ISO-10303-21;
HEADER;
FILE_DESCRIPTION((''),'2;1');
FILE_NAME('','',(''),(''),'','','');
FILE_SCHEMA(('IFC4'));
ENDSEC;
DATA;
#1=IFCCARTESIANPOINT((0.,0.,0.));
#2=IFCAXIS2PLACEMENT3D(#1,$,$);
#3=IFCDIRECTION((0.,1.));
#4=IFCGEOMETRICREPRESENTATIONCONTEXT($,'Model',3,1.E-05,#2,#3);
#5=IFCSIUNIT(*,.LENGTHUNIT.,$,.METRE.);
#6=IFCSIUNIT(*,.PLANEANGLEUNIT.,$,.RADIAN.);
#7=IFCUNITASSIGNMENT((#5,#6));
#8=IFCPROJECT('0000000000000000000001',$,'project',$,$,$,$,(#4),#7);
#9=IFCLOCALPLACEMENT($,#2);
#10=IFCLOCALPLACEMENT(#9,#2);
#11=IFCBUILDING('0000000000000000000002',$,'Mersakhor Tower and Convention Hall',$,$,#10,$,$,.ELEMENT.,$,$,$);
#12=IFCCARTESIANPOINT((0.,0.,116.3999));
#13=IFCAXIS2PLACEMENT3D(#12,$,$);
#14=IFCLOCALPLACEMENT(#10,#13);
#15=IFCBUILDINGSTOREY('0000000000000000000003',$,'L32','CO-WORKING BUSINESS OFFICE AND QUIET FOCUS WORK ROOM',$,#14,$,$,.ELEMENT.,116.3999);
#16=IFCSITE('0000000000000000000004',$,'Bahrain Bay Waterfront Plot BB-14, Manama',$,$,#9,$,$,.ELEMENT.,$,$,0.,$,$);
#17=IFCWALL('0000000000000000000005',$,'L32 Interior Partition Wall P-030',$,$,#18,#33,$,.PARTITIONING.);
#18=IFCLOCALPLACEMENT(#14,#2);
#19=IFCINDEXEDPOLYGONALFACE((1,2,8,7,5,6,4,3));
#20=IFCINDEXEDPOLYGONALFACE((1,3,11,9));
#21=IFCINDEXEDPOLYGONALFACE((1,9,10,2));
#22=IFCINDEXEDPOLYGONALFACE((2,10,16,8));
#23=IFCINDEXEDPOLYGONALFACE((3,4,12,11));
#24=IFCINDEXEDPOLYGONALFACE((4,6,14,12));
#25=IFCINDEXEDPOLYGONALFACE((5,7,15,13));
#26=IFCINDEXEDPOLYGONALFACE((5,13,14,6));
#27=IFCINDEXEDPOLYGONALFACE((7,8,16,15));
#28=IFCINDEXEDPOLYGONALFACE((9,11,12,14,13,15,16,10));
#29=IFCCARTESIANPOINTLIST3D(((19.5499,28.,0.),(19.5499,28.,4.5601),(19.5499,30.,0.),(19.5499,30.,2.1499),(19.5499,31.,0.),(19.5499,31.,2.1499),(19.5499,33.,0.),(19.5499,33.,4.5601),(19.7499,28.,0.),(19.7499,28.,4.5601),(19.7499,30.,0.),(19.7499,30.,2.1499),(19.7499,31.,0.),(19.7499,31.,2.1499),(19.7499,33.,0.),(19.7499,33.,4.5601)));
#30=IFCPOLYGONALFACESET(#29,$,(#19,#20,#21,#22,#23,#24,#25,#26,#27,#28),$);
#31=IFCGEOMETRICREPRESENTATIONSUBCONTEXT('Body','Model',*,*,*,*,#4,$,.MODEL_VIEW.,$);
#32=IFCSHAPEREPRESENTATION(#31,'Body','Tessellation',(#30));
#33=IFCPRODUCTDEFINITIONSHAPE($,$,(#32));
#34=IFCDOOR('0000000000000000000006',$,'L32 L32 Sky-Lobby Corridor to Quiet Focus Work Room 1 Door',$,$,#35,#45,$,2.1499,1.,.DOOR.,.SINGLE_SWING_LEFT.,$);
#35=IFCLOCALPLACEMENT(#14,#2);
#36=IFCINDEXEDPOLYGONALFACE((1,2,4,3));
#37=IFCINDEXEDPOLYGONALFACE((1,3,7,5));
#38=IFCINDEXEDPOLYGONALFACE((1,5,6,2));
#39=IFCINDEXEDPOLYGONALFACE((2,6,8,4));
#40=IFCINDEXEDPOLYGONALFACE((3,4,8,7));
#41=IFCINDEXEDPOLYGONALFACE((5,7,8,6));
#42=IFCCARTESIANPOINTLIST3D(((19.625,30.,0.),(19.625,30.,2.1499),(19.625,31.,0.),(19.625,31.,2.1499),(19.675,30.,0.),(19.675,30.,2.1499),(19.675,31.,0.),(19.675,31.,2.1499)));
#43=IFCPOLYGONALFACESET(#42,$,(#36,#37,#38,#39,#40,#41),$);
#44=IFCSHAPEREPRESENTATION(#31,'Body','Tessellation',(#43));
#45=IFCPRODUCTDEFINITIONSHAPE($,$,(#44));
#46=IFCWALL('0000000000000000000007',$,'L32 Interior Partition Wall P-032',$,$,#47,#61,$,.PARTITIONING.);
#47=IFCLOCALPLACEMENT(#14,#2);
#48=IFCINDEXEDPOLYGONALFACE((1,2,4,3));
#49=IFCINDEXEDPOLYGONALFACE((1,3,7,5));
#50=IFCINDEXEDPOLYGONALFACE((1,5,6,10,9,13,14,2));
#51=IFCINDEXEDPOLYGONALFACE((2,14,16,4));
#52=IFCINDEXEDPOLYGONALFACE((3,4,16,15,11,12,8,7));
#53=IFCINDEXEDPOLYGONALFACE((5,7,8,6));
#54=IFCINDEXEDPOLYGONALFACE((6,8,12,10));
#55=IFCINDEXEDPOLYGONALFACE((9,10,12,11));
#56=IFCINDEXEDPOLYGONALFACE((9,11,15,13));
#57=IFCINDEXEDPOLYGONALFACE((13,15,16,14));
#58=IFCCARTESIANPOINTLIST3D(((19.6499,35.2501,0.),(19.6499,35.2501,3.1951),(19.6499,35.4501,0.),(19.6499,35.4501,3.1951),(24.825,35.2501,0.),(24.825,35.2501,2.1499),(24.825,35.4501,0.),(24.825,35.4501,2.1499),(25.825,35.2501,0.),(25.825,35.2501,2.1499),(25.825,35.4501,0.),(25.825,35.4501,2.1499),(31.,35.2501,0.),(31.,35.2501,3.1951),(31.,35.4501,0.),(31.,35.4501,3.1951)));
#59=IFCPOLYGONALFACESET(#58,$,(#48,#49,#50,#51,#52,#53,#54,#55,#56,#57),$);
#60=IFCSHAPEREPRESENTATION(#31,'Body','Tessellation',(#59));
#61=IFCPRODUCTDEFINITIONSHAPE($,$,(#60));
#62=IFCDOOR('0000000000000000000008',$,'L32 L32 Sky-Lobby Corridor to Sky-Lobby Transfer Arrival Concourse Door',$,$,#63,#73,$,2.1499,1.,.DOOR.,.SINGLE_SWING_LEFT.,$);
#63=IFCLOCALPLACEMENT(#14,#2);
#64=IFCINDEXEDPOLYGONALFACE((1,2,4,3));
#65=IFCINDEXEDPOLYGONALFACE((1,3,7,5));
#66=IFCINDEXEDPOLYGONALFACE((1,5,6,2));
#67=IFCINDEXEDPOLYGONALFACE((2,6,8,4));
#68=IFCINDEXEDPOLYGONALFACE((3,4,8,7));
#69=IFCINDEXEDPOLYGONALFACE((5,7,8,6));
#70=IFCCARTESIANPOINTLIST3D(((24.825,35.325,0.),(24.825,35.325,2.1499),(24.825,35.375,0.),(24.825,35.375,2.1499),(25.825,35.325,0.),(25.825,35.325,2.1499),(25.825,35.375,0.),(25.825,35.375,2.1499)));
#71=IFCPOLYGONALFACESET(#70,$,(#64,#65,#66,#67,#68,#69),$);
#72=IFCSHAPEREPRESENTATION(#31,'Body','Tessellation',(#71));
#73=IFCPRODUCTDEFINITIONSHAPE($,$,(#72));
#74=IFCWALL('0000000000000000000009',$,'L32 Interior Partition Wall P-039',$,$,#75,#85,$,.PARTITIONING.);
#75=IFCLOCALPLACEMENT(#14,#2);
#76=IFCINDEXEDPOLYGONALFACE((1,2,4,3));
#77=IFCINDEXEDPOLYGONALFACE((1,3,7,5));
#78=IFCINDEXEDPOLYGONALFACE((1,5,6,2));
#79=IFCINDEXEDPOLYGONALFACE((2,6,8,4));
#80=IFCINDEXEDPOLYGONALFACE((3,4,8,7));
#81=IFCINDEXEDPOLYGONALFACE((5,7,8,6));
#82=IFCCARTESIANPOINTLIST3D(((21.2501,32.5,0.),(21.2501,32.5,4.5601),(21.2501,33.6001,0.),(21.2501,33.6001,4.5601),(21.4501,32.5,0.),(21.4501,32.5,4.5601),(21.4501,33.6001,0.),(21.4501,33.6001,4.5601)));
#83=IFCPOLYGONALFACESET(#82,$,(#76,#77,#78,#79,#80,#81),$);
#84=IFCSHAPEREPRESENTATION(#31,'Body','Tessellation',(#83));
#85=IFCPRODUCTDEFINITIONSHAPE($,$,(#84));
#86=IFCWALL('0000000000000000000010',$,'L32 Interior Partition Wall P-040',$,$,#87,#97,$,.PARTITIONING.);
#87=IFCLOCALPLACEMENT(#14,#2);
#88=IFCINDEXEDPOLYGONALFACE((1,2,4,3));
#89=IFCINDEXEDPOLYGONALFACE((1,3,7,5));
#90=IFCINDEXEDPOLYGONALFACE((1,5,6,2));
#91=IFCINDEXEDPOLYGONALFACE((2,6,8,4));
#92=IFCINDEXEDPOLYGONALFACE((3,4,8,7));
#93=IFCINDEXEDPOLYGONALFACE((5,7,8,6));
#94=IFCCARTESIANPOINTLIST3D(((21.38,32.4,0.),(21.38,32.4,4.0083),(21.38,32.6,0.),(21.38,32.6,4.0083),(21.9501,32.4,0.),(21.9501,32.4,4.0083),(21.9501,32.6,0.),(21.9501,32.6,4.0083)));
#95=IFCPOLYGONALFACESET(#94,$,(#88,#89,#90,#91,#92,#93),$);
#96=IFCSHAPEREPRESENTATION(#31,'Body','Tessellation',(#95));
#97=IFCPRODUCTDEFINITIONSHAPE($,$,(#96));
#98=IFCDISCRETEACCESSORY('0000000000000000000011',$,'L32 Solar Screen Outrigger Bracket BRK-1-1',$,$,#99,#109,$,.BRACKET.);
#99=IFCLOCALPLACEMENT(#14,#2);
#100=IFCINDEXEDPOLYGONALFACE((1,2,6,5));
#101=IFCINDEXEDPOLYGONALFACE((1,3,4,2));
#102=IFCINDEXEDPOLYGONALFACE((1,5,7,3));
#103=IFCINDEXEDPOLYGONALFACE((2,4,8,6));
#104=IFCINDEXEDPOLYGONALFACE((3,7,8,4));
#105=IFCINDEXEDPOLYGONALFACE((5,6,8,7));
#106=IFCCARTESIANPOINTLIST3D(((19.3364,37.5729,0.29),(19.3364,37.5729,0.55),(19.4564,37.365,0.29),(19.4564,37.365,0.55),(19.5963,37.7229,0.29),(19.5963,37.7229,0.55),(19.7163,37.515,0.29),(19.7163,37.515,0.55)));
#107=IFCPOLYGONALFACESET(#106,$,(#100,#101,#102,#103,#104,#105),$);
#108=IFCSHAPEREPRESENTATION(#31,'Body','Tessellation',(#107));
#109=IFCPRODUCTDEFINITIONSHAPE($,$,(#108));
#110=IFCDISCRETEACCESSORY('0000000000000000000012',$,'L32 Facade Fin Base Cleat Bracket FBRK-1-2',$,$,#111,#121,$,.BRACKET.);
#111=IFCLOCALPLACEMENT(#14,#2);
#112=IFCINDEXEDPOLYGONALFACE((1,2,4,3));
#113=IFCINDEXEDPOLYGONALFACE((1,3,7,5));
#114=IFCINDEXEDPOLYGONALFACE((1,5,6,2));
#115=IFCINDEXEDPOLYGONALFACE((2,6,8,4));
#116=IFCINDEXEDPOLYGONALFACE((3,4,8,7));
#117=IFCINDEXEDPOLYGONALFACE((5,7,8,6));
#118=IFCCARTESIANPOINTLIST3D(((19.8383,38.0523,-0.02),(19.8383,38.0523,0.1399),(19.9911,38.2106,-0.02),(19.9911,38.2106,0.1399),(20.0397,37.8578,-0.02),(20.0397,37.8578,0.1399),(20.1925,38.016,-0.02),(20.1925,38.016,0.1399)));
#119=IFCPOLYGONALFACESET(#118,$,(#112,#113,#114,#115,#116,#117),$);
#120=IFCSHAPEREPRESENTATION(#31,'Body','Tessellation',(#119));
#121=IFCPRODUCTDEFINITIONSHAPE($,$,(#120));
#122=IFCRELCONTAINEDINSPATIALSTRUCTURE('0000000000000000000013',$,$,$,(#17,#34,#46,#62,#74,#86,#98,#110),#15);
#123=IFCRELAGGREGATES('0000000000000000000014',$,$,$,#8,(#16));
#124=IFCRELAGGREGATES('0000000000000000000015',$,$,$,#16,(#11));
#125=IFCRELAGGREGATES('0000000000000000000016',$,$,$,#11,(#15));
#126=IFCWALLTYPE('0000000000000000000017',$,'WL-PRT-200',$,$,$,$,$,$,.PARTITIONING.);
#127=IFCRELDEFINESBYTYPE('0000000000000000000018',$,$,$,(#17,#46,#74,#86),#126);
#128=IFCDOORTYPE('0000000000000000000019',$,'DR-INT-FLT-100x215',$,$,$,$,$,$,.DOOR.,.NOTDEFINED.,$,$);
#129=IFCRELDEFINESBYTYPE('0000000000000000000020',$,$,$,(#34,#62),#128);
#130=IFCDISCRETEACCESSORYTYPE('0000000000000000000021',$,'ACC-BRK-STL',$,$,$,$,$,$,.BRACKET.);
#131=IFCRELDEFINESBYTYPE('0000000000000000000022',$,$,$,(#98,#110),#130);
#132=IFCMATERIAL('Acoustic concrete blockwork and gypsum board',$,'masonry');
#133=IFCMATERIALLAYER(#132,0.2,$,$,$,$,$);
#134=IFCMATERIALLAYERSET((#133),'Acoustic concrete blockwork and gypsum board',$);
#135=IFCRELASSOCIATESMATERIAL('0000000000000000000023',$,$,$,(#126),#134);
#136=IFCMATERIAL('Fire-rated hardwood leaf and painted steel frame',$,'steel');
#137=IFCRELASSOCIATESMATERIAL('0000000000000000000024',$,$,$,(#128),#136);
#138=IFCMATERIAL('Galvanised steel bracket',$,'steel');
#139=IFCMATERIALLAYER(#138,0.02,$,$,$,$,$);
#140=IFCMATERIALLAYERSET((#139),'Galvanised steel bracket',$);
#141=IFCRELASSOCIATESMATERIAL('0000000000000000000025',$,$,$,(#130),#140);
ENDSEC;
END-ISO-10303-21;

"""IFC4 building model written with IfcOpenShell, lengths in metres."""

from ifc_helpers import new_model, si_unit, direction, frame, frame_2d, origin, origin_2d, place, context, subcontext, project, spatial, rectangle, extrude, material, layer, layer_set, type_object, element, fill, save


model = new_model("IFC4")

# Units and contexts
model_context = context("Model", 3, precision=1e-05, world=origin(), true_north=direction((0.0, 1.0)))
body_context = subcontext(model_context, "Body", "Model", "MODEL_VIEW")
ifc_project = project(units=[si_unit("LENGTHUNIT", "METRE"), si_unit("PLANEANGLEUNIT", "RADIAN")], contexts=[model_context])

# Site, building, storey
site_placement = place(None, origin())
site = spatial("IfcSite", under=ifc_project, at=site_placement, Name="Bahrain Bay Waterfront Plot BB-14, Manama", CompositionType="ELEMENT", RefElevation=0.0)
building_placement = place(site_placement, origin())
building = spatial("IfcBuilding", under=site, at=building_placement, Name="Mersakhor Tower and Convention Hall", CompositionType="ELEMENT")
storey_placement = place(building_placement, frame((0.0, 0.0, 116.3999)))
storey = spatial("IfcBuildingStorey", under=building, at=storey_placement, Name="L32", Description="CO-WORKING BUSINESS OFFICE AND QUIET FOCUS WORK ROOM", CompositionType="ELEMENT", Elevation=116.3999)

# Walls, openings, doors
ifc_material_1 = material(Name="Acoustic concrete blockwork and gypsum board", Category="masonry")
ifc_layer_1 = layer(ifc_material_1, 0.2)
ifc_layer_set_1 = layer_set([ifc_layer_1], Name="Acoustic concrete blockwork and gypsum board")
wall_type_1 = type_object("IfcWallType", Name="WL-PRT-200", PredefinedType="PARTITIONING", material=ifc_layer_set_1)
wall_1_placement = place(storey_placement, frame((19.6499, 28.0, 0.0), z_axis=(0.0, 0.0, 1.0), x_axis=(0.0, 1.0, 0.0)))
wall_1 = element("IfcWall", 1, at=wall_1_placement, inside=storey, type_object=wall_type_1, Name="L32 Interior Partition Wall P-030", PredefinedType="PARTITIONING", context=body_context, shape_type="SweptSolid", body=[
    extrude(rectangle(XDim=5.0, YDim=0.2, at=frame_2d((2.5, 0.0))), origin(), (0.0, 0.0, 1.0), 4.5601),
])
opening_1_placement = place(wall_1_placement, frame((2.0, 0.0, 0.0)))
opening_1 = element("IfcOpeningElement", 2, at=opening_1_placement, cuts=wall_1, PredefinedType="OPENING", context=body_context, shape_type="SweptSolid", body=[
    extrude(rectangle(XDim=1.0, YDim=2.1499, at=frame_2d((0.5, 1.075))), frame((0.0, 0.1099, 0.0), z_axis=(0.0, -1.0, 0.0), x_axis=(1.0, 0.0, 0.0)), (0.0, 0.0, 1.0), 0.22),
])
ifc_material_2 = material(Name="Fire-rated hardwood leaf and painted steel frame", Category="steel")
door_type = type_object("IfcDoorType", Name="DR-INT-FLT-100x215", OperationType="NOTDEFINED", PredefinedType="DOOR", material=ifc_material_2)
door_1_placement = place(opening_1_placement, origin())
door_1 = element("IfcDoor", 3, at=door_1_placement, inside=storey, type_object=door_type, Name="L32 L32 Sky-Lobby Corridor to Quiet Focus Work Room 1 Door", OperationType="SINGLE_SWING_LEFT", OverallHeight=2.1499, OverallWidth=1.0, PredefinedType="DOOR", context=body_context, shape_type="SweptSolid", body=[
    extrude(rectangle(XDim=1.0, YDim=2.1499, at=frame_2d((0.5, 1.075))), frame((0.0, 0.0249, 0.0), z_axis=(0.0, -1.0, 0.0), x_axis=(1.0, 0.0, 0.0)), (0.0, 0.0, 1.0), 0.05),
])
fill(opening_1, door_1)
wall_2_placement = place(storey_placement, frame((19.6499, 35.3501, 0.0), z_axis=(0.0, 0.0, 1.0), x_axis=(1.0, 0.0, 0.0)))
wall_2 = element("IfcWall", 4, at=wall_2_placement, inside=storey, type_object=wall_type_1, Name="L32 Interior Partition Wall P-032", PredefinedType="PARTITIONING", context=body_context, shape_type="SweptSolid", body=[
    extrude(rectangle(XDim=11.3501, YDim=0.2, at=frame_2d((5.675, 0.0))), origin(), (0.0, 0.0, 1.0), 3.1951),
])
opening_2_placement = place(wall_2_placement, frame((5.175, 0.0, 0.0)))
opening_2 = element("IfcOpeningElement", 5, at=opening_2_placement, cuts=wall_2, PredefinedType="OPENING", context=body_context, shape_type="SweptSolid", body=[
    extrude(rectangle(XDim=1.0, YDim=2.1499, at=frame_2d((0.5, 1.075))), frame((0.0, 0.1099, 0.0), z_axis=(0.0, -1.0, 0.0), x_axis=(1.0, 0.0, 0.0)), (0.0, 0.0, 1.0), 0.22),
])
door_2_placement = place(opening_2_placement, origin())
door_2 = element("IfcDoor", 6, at=door_2_placement, inside=storey, type_object=door_type, Name="L32 L32 Sky-Lobby Corridor to Sky-Lobby Transfer Arrival Concourse Door", OperationType="SINGLE_SWING_LEFT", OverallHeight=2.1499, OverallWidth=1.0, PredefinedType="DOOR", context=body_context, shape_type="SweptSolid", body=[
    extrude(rectangle(XDim=1.0, YDim=2.1499, at=frame_2d((0.5, 1.075))), frame((0.0, 0.0249, 0.0), z_axis=(0.0, -1.0, 0.0), x_axis=(1.0, 0.0, 0.0)), (0.0, 0.0, 1.0), 0.05),
])
fill(opening_2, door_2)

# Walls
wall_3_placement = place(storey_placement, frame((21.3501, 33.6001, 0.0), z_axis=(0.0, 0.0, 1.0), x_axis=(0.0, -1.0, 0.0)))
element("IfcWall", 7, at=wall_3_placement, inside=storey, type_object=wall_type_1, Name="L32 Interior Partition Wall P-039", PredefinedType="PARTITIONING", context=body_context, shape_type="SweptSolid", body=[
    extrude(rectangle(XDim=1.1001, YDim=0.2, at=frame_2d((0.55, 0.0))), origin(), (0.0, 0.0, 1.0), 4.5601),
])
wall_4_placement = place(storey_placement, frame((21.3799, 32.5, 0.0), z_axis=(0.0, 0.0, 1.0), x_axis=(1.0, 0.0, 0.0)))
element("IfcWall", 8, at=wall_4_placement, inside=storey, type_object=wall_type_1, Name="L32 Interior Partition Wall P-040", PredefinedType="PARTITIONING", context=body_context, shape_type="SweptSolid", body=[
    extrude(rectangle(XDim=0.5701, YDim=0.2, at=frame_2d((0.2852, 0.0))), origin(), (0.0, 0.0, 1.0), 4.0083),
])

# Discrete accessories
ifc_material_3 = material(Name="Galvanised steel bracket", Category="steel")
ifc_layer_2 = layer(ifc_material_3, 0.02)
ifc_layer_set_2 = layer_set([ifc_layer_2], Name="Galvanised steel bracket")
discrete_accessory_type = type_object("IfcDiscreteAccessoryType", Name="ACC-BRK-STL", PredefinedType="BRACKET", material=ifc_layer_set_2)
discrete_accessory_1_placement = place(storey_placement, frame((19.5264, 37.5439, 0.29), z_axis=(0.0, 0.0, 1.0), x_axis=(0.866025, 0.5, 0.0)))
element("IfcDiscreteAccessory", 9, at=discrete_accessory_1_placement, inside=storey, type_object=discrete_accessory_type, Name="L32 Solar Screen Outrigger Bracket BRK-1-1", PredefinedType="BRACKET", context=body_context, shape_type="SweptSolid", body=[
    extrude(rectangle(XDim=0.3, YDim=0.24, at=origin_2d()), origin(), (0.0, 0.0, 1.0), 0.26),
])
discrete_accessory_2_placement = place(storey_placement, frame((20.0154, 38.0342, -0.02), z_axis=(0.0, 0.0, 1.0), x_axis=(-0.71934, 0.694658, 0.0)))
element("IfcDiscreteAccessory", 10, at=discrete_accessory_2_placement, inside=storey, type_object=discrete_accessory_type, Name="L32 Facade Fin Base Cleat Bracket FBRK-1-2", PredefinedType="BRACKET", context=body_context, shape_type="SweptSolid", body=[
    extrude(rectangle(XDim=0.28, YDim=0.22, at=origin_2d()), origin(), (0.0, 0.0, 1.0), 0.1599),
])

save(model, "model.ifc")
